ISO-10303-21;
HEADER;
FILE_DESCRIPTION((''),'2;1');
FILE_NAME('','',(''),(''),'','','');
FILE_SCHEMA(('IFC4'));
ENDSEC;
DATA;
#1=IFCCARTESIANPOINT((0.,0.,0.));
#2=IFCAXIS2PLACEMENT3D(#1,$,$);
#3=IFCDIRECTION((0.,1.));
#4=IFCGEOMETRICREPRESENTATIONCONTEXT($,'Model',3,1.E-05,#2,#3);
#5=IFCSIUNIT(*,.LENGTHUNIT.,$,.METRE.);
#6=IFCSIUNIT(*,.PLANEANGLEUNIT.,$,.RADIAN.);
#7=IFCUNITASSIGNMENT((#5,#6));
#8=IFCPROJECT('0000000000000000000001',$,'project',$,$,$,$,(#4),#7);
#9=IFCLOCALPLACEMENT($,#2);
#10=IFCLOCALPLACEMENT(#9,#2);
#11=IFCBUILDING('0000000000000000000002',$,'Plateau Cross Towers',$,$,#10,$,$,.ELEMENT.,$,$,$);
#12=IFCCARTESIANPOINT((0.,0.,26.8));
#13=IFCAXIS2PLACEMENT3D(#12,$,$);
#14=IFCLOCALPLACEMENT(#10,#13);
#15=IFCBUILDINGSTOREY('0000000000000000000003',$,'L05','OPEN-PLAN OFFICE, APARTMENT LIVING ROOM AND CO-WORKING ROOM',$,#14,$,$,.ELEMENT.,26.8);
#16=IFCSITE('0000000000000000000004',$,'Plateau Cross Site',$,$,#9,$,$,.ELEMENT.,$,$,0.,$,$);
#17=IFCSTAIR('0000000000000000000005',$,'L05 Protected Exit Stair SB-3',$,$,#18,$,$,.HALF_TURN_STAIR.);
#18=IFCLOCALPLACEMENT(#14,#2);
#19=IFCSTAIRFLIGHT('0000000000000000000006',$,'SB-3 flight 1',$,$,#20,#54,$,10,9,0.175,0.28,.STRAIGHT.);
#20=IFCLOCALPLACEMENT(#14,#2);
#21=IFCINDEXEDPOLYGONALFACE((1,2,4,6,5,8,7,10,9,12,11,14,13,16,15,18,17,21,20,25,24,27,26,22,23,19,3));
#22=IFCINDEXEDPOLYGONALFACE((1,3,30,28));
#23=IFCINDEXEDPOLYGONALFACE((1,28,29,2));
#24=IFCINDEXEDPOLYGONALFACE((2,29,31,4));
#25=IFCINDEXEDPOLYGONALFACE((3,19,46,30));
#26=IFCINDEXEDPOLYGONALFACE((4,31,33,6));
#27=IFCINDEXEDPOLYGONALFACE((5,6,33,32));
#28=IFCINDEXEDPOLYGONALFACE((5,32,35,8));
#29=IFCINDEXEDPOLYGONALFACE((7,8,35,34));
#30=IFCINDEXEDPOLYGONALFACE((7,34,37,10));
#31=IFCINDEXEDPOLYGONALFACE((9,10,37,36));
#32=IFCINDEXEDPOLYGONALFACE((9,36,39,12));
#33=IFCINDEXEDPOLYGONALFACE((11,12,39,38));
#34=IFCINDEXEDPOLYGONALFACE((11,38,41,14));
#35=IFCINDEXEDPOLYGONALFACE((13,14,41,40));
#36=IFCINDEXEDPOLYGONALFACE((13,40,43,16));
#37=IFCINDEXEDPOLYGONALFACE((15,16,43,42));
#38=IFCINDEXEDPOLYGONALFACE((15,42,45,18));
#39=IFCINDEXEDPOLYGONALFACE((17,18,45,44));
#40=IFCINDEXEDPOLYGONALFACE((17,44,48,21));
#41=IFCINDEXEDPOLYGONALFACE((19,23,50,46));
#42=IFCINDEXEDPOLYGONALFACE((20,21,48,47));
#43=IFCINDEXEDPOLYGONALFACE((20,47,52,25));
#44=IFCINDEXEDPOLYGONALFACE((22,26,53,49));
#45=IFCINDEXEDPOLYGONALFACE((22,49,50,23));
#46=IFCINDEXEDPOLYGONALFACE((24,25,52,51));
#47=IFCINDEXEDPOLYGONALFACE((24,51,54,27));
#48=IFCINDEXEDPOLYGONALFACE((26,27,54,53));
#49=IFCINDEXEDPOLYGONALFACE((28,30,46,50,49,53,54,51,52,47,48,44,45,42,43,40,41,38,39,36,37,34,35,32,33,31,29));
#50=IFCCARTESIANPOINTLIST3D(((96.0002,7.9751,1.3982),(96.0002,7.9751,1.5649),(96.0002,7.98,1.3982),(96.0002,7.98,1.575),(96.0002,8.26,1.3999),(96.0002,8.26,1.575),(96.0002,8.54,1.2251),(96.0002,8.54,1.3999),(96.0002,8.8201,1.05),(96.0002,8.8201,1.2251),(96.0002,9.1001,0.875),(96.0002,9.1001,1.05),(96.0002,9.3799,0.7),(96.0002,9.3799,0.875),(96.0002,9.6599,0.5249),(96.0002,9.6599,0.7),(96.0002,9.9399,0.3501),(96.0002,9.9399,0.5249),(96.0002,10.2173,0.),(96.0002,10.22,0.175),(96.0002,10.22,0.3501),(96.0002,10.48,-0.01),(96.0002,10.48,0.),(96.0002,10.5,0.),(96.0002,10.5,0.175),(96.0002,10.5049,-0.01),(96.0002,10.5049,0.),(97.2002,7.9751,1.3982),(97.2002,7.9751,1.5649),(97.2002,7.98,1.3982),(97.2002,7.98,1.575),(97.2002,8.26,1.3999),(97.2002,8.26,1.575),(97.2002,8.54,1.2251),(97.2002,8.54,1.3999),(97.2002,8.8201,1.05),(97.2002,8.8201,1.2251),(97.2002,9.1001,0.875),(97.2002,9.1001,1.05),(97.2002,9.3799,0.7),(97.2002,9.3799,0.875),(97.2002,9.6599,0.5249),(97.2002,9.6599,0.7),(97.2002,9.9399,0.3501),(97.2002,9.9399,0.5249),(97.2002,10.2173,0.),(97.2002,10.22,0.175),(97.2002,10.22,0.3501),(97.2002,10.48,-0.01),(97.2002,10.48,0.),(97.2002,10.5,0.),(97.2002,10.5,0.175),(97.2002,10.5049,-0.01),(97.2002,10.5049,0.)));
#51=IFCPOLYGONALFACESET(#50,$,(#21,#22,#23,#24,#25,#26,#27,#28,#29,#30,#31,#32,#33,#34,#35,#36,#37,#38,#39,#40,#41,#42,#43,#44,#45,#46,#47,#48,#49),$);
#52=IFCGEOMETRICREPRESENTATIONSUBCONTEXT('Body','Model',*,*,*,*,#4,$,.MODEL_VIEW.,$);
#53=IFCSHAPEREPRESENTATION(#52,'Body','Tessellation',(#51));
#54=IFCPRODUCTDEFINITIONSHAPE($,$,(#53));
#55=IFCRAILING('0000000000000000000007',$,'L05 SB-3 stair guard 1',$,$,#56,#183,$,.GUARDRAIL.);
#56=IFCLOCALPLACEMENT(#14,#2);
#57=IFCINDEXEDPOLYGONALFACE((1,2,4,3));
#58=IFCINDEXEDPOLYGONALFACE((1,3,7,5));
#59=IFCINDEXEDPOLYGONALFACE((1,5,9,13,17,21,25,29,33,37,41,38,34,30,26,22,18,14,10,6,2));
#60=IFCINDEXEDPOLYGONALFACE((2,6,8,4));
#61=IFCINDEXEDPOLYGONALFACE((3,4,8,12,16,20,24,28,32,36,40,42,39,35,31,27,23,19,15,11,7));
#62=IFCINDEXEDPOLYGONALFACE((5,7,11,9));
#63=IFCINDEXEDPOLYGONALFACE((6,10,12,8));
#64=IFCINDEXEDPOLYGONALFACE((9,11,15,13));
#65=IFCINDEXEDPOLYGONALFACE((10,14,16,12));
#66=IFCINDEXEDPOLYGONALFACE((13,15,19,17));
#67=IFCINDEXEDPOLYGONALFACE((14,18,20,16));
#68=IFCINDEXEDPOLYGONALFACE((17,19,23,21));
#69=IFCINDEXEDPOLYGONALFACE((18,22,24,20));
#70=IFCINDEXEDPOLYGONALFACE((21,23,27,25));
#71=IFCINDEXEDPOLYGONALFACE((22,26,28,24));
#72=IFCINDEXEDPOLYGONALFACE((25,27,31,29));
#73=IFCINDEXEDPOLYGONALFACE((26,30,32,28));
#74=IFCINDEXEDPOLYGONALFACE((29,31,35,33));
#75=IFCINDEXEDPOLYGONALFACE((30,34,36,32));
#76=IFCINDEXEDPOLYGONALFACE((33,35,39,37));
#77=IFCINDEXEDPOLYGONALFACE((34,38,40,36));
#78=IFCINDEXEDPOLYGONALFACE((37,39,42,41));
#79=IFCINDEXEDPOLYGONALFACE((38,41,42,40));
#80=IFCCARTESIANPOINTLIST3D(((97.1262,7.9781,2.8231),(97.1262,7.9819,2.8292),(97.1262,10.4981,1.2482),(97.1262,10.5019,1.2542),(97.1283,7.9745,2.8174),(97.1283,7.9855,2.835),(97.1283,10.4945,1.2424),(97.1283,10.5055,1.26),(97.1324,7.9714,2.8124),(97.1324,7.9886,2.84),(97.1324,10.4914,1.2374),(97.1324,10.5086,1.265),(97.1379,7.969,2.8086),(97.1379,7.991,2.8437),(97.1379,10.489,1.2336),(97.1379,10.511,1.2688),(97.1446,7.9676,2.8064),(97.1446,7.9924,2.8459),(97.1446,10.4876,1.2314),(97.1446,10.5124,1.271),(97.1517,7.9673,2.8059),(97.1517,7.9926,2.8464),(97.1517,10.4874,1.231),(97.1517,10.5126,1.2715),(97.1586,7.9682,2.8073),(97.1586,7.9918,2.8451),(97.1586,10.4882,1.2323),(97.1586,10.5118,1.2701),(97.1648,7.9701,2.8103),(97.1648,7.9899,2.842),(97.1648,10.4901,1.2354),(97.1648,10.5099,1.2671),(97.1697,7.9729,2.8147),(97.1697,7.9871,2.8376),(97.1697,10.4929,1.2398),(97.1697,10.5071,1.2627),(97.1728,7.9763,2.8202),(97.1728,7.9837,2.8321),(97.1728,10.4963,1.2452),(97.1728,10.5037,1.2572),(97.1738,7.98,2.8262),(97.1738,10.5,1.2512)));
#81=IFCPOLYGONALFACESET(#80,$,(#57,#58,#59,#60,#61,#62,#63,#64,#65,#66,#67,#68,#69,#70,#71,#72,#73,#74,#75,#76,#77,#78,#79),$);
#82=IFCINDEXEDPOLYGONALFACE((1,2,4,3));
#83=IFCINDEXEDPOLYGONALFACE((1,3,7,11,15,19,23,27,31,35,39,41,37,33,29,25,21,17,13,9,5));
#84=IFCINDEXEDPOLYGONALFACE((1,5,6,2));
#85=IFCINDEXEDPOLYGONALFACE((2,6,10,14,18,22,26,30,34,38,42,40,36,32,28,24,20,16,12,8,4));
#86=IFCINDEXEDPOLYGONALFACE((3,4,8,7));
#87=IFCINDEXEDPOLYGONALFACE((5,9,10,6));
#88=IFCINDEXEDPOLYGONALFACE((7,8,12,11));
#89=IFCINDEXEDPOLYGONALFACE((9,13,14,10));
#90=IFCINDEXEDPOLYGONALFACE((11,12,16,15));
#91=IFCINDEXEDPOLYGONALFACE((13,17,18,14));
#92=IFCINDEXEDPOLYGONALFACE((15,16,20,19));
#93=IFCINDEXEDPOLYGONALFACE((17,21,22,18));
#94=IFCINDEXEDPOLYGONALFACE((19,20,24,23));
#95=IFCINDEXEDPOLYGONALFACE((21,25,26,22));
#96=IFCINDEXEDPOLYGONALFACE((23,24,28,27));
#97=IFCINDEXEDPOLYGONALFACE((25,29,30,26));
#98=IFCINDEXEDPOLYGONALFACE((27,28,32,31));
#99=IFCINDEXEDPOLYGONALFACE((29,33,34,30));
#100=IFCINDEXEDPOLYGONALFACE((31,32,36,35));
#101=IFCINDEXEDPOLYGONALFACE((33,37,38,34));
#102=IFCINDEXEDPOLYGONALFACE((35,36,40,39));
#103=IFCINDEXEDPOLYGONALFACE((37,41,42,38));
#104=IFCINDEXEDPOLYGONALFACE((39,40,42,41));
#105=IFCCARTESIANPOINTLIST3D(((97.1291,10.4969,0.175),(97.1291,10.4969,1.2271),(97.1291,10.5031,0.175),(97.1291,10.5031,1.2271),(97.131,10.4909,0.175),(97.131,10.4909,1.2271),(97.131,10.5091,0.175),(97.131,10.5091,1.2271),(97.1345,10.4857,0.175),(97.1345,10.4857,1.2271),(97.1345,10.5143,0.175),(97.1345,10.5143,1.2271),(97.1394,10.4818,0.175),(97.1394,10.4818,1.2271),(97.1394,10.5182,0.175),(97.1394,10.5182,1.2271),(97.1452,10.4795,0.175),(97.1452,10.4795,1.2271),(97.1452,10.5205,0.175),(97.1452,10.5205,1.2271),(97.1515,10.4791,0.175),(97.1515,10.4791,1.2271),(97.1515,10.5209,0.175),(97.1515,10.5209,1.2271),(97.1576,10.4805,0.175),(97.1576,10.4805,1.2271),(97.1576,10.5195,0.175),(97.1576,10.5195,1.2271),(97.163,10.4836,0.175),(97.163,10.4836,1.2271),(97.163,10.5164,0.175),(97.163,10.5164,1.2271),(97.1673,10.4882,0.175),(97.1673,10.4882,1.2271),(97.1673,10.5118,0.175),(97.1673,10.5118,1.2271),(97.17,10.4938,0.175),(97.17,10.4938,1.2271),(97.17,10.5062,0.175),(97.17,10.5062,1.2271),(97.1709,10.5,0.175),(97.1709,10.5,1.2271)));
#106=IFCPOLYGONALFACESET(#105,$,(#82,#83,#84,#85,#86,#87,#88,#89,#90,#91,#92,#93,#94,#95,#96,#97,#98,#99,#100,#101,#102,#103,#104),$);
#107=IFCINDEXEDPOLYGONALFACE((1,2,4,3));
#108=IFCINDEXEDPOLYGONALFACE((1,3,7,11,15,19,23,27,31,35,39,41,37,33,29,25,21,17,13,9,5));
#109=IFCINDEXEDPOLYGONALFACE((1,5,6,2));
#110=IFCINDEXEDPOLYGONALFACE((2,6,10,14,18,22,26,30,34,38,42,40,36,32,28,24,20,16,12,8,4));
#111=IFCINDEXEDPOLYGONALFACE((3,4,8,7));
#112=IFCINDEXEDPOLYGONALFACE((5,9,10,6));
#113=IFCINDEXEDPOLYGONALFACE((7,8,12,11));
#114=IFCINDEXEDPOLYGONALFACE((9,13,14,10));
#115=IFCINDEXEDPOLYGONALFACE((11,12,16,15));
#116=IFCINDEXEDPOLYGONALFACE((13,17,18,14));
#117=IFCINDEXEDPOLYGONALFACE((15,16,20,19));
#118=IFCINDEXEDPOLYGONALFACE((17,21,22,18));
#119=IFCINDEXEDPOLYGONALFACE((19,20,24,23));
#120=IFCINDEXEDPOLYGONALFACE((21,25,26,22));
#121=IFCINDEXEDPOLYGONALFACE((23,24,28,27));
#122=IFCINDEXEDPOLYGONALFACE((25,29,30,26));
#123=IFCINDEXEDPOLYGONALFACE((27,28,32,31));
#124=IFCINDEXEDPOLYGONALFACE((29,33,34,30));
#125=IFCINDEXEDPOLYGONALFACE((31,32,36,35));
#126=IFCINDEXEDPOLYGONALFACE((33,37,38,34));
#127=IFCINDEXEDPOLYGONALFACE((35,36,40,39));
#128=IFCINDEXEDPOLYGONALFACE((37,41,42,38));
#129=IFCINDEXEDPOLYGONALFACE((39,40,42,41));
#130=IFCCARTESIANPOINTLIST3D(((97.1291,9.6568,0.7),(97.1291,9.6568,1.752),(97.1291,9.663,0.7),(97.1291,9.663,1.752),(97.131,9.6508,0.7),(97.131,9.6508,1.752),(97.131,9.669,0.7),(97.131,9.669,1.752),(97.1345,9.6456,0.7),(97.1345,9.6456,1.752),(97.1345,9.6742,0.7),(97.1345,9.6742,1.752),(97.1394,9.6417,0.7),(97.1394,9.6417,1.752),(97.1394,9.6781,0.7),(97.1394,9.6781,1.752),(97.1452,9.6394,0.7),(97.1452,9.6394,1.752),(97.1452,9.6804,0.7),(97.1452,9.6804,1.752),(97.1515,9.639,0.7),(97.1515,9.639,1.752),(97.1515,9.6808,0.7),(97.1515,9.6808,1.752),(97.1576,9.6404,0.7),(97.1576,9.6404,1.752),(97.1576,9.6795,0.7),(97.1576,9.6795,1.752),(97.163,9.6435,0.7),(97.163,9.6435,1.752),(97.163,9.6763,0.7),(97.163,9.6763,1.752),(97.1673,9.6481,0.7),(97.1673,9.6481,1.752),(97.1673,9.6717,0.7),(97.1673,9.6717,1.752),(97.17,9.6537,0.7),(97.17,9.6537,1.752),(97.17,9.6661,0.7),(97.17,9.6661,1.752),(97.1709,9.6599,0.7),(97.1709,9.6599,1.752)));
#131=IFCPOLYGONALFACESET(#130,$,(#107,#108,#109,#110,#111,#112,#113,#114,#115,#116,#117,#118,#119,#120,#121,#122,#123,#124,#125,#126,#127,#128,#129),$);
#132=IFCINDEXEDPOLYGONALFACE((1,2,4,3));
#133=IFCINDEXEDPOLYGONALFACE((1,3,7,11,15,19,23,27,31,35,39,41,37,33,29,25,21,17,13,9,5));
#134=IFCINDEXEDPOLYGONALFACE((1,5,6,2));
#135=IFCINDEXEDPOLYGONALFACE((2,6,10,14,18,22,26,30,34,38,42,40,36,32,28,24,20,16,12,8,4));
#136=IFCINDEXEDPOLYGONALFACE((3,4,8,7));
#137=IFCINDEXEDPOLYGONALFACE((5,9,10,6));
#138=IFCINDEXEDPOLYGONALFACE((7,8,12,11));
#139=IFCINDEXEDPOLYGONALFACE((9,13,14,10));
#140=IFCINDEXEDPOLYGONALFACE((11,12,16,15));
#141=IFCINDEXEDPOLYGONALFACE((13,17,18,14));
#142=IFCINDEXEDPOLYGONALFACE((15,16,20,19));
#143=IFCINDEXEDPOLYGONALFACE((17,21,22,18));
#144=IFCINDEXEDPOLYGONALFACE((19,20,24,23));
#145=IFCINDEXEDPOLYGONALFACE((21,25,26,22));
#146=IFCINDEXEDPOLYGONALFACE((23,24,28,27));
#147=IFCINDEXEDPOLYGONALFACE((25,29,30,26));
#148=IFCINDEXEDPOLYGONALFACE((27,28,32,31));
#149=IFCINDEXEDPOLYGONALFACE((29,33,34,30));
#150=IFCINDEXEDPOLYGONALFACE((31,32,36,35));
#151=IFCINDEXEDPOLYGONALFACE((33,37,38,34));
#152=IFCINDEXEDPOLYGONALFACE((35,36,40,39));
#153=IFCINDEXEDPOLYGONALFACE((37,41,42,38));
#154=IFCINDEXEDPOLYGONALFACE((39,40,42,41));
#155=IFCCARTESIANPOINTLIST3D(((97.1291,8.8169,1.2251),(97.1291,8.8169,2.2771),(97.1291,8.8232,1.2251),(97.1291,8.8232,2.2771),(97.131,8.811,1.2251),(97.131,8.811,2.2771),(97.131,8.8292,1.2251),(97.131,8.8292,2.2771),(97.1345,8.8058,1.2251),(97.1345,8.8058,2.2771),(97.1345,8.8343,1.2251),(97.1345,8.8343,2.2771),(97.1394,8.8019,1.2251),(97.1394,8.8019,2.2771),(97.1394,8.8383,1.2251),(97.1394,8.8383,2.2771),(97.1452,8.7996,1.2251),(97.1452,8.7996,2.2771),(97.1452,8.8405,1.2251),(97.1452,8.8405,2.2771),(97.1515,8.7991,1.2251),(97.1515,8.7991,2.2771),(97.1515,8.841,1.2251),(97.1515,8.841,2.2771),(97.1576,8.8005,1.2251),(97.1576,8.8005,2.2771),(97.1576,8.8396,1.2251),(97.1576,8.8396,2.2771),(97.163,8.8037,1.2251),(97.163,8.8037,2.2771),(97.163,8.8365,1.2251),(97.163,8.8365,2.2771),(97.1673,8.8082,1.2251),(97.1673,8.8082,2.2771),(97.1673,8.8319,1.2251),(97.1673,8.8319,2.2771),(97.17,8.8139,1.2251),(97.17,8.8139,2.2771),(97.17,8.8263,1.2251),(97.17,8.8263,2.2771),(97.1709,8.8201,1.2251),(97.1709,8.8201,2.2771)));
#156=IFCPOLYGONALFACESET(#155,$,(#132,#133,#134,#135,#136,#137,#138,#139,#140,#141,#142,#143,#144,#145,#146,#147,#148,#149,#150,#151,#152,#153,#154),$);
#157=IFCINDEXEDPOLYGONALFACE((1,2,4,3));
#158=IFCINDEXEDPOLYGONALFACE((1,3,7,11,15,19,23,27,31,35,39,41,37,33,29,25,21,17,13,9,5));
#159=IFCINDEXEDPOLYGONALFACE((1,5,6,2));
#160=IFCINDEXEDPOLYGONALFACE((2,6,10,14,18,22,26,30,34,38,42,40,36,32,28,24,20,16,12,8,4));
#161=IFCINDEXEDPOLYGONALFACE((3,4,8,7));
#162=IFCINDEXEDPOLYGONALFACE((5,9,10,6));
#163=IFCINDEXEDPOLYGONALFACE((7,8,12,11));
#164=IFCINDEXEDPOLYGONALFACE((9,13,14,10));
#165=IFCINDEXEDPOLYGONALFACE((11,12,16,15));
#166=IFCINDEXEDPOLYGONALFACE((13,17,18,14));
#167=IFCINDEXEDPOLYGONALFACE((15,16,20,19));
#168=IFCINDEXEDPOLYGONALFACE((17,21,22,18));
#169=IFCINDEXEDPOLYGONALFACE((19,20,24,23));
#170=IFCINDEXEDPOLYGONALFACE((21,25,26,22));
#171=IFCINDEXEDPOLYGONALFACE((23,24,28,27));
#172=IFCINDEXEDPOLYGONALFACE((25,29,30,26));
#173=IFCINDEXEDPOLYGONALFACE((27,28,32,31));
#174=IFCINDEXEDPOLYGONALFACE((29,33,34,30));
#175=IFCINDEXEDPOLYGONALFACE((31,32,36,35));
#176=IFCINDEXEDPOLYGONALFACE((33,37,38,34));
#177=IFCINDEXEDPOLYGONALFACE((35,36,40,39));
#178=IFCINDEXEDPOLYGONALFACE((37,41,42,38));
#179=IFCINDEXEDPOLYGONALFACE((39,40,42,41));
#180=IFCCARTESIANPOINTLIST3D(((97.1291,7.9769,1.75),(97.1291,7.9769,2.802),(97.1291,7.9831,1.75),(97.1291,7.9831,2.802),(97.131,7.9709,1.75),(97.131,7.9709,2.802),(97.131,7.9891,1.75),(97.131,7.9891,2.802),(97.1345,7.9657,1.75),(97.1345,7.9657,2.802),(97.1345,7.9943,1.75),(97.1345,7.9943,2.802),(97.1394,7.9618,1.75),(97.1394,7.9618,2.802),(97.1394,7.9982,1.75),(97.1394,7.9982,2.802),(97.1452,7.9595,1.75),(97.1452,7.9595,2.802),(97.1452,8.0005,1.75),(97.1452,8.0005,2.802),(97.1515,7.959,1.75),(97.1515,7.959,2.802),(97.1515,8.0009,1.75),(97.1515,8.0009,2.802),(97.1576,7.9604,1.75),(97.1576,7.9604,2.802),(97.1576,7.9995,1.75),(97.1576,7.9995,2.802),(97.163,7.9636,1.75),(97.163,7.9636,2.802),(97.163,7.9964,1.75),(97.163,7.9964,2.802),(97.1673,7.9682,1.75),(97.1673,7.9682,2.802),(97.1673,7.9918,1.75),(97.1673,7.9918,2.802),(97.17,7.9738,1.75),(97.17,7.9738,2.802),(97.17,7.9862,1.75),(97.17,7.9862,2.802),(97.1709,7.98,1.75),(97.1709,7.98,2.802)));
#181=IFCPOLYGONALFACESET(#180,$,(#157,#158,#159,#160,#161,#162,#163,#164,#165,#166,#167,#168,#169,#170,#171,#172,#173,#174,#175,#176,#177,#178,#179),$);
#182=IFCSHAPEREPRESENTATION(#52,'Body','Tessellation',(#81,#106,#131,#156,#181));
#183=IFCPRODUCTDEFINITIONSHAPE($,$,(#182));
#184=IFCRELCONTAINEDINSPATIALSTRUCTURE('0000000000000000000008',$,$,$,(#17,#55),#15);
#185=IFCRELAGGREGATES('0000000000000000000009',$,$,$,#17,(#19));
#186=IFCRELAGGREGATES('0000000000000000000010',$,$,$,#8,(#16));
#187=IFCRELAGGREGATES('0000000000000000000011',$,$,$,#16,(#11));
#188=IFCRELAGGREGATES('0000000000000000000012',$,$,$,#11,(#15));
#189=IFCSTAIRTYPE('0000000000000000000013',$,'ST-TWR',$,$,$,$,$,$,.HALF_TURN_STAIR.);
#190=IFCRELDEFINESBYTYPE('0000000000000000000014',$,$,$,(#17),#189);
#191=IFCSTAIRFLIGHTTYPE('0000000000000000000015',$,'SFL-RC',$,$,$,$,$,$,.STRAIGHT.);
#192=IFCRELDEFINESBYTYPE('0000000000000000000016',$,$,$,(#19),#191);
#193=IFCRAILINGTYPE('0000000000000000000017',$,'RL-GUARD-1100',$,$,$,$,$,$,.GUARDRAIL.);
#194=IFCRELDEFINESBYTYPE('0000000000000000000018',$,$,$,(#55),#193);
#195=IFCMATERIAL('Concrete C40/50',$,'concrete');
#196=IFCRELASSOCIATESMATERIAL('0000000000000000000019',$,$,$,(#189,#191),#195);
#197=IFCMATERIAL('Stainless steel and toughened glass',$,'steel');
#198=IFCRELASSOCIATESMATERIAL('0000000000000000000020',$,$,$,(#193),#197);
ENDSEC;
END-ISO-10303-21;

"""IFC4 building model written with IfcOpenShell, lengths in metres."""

from ifc_helpers import new_model, si_unit, direction, frame, origin, origin_2d, place, context, subcontext, project, spatial, polyline, circle, outline, extrude, material, type_object, element, aggregate, save


model = new_model("IFC4")

# Units and contexts
model_context = context("Model", 3, precision=1e-05, world=origin(), true_north=direction((0.0, 1.0)))
body_context = subcontext(model_context, "Body", "Model", "MODEL_VIEW")
ifc_project = project(units=[si_unit("LENGTHUNIT", "METRE"), si_unit("PLANEANGLEUNIT", "RADIAN")], contexts=[model_context])

# Site, building, storey
site_placement = place(None, origin())
site = spatial("IfcSite", under=ifc_project, at=site_placement, Name="Plateau Cross Site", CompositionType="ELEMENT", RefElevation=0.0)
building_placement = place(site_placement, origin())
building = spatial("IfcBuilding", under=site, at=building_placement, Name="Plateau Cross Towers", CompositionType="ELEMENT")
storey_placement = place(building_placement, frame((0.0, 0.0, 26.8)))
storey = spatial("IfcBuildingStorey", under=building, at=storey_placement, Name="L05", Description="OPEN-PLAN OFFICE, APARTMENT LIVING ROOM AND CO-WORKING ROOM", CompositionType="ELEMENT", Elevation=26.8)

# Stair, stair flight
ifc_material_1 = material(Name="Concrete C40/50", Category="concrete")
stair_type = type_object("IfcStairType", Name="ST-TWR", PredefinedType="HALF_TURN_STAIR", material=ifc_material_1)
stair_placement = place(storey_placement, origin())
stair = element("IfcStair", 1, at=stair_placement, inside=storey, type_object=stair_type, Name="L05 Protected Exit Stair SB-3", PredefinedType="HALF_TURN_STAIR")
stair_flight_type = type_object("IfcStairFlightType", Name="SFL-RC", PredefinedType="STRAIGHT", material=ifc_material_1)
stair_flight_placement = place(storey_placement, frame((96.6001, 10.5, 0.0), z_axis=(0.0, 0.0, 1.0), x_axis=(0.0, -1.0, 0.0)))
stair_flight = element("IfcStairFlight", 2, at=stair_flight_placement, type_object=stair_flight_type, Name="SB-3 flight 1", NumberOfRisers=10, NumberOfTreads=9, PredefinedType="STRAIGHT", RiserHeight=0.175, TreadLength=0.28, context=body_context, shape_type="SweptSolid", body=[
    extrude(outline(polyline([(-0.0049, -0.01), (-0.0049, 0.0), (0.0, 0.0), (0.0, 0.175), (0.28, 0.175), (0.28, 0.3501), (0.5601, 0.3501), (0.5601, 0.5249), (0.8401, 0.5249), (0.8401, 0.7), (1.1201, 0.7), (1.1201, 0.875), (1.3999, 0.875), (1.3999, 1.05), (1.6799, 1.05), (1.6799, 1.2251), (1.96, 1.2251), (1.96, 1.3999), (2.24, 1.3999), (2.24, 1.575), (2.52, 1.575), (2.5249, 1.5649), (2.5249, 1.3982), (2.52, 1.3982), (0.2827, 0.0), (0.02, 0.0), (0.02, -0.01), (-0.0049, -0.01)])), frame((0.0, 0.6001, 0.0), z_axis=(0.0, -1.0, 0.0), x_axis=(1.0, 0.0, 0.0)), (0.0, 0.0, 1.0), 1.2),
])
aggregate(stair, [stair_flight])

# Railing
ifc_material_2 = material(Name="Stainless steel and toughened glass", Category="steel")
railing_type_1 = type_object("IfcRailingType", Name="RL-GUARD-1100", PredefinedType="GUARDRAIL", material=ifc_material_2)
railing_1_placement = place(storey_placement, frame((97.1499, 10.5, 0.175)))
element("IfcRailing", 3, at=railing_1_placement, inside=storey, type_object=railing_type_1, Name="L05 SB-3 stair guard 1", PredefinedType="GUARDRAIL", context=body_context, shape_type="SweptSolid", body=[
    extrude(circle(Radius=0.0239, at=origin_2d()), frame((0.0, 0.0, 1.0762), z_axis=(0.0, -0.848008, 0.529984), x_axis=(1.0, 0.0, 0.0)), (0.0, 0.0, 1.0), 2.9717),
    extrude(circle(Radius=0.021, at=origin_2d()), origin(), (0.0, 0.0, 1.0), 1.052),
    extrude(circle(Radius=0.021, at=origin_2d()), frame((0.0, -0.8401, 0.5249)), (0.0, 0.0, 1.0), 1.052),
    extrude(circle(Radius=0.021, at=origin_2d()), frame((0.0, -1.6799, 1.05)), (0.0, 0.0, 1.0), 1.052),
    extrude(circle(Radius=0.021, at=origin_2d()), frame((0.0, -2.52, 1.575)), (0.0, 0.0, 1.0), 1.052),
])

save(model, "model.ifc")
